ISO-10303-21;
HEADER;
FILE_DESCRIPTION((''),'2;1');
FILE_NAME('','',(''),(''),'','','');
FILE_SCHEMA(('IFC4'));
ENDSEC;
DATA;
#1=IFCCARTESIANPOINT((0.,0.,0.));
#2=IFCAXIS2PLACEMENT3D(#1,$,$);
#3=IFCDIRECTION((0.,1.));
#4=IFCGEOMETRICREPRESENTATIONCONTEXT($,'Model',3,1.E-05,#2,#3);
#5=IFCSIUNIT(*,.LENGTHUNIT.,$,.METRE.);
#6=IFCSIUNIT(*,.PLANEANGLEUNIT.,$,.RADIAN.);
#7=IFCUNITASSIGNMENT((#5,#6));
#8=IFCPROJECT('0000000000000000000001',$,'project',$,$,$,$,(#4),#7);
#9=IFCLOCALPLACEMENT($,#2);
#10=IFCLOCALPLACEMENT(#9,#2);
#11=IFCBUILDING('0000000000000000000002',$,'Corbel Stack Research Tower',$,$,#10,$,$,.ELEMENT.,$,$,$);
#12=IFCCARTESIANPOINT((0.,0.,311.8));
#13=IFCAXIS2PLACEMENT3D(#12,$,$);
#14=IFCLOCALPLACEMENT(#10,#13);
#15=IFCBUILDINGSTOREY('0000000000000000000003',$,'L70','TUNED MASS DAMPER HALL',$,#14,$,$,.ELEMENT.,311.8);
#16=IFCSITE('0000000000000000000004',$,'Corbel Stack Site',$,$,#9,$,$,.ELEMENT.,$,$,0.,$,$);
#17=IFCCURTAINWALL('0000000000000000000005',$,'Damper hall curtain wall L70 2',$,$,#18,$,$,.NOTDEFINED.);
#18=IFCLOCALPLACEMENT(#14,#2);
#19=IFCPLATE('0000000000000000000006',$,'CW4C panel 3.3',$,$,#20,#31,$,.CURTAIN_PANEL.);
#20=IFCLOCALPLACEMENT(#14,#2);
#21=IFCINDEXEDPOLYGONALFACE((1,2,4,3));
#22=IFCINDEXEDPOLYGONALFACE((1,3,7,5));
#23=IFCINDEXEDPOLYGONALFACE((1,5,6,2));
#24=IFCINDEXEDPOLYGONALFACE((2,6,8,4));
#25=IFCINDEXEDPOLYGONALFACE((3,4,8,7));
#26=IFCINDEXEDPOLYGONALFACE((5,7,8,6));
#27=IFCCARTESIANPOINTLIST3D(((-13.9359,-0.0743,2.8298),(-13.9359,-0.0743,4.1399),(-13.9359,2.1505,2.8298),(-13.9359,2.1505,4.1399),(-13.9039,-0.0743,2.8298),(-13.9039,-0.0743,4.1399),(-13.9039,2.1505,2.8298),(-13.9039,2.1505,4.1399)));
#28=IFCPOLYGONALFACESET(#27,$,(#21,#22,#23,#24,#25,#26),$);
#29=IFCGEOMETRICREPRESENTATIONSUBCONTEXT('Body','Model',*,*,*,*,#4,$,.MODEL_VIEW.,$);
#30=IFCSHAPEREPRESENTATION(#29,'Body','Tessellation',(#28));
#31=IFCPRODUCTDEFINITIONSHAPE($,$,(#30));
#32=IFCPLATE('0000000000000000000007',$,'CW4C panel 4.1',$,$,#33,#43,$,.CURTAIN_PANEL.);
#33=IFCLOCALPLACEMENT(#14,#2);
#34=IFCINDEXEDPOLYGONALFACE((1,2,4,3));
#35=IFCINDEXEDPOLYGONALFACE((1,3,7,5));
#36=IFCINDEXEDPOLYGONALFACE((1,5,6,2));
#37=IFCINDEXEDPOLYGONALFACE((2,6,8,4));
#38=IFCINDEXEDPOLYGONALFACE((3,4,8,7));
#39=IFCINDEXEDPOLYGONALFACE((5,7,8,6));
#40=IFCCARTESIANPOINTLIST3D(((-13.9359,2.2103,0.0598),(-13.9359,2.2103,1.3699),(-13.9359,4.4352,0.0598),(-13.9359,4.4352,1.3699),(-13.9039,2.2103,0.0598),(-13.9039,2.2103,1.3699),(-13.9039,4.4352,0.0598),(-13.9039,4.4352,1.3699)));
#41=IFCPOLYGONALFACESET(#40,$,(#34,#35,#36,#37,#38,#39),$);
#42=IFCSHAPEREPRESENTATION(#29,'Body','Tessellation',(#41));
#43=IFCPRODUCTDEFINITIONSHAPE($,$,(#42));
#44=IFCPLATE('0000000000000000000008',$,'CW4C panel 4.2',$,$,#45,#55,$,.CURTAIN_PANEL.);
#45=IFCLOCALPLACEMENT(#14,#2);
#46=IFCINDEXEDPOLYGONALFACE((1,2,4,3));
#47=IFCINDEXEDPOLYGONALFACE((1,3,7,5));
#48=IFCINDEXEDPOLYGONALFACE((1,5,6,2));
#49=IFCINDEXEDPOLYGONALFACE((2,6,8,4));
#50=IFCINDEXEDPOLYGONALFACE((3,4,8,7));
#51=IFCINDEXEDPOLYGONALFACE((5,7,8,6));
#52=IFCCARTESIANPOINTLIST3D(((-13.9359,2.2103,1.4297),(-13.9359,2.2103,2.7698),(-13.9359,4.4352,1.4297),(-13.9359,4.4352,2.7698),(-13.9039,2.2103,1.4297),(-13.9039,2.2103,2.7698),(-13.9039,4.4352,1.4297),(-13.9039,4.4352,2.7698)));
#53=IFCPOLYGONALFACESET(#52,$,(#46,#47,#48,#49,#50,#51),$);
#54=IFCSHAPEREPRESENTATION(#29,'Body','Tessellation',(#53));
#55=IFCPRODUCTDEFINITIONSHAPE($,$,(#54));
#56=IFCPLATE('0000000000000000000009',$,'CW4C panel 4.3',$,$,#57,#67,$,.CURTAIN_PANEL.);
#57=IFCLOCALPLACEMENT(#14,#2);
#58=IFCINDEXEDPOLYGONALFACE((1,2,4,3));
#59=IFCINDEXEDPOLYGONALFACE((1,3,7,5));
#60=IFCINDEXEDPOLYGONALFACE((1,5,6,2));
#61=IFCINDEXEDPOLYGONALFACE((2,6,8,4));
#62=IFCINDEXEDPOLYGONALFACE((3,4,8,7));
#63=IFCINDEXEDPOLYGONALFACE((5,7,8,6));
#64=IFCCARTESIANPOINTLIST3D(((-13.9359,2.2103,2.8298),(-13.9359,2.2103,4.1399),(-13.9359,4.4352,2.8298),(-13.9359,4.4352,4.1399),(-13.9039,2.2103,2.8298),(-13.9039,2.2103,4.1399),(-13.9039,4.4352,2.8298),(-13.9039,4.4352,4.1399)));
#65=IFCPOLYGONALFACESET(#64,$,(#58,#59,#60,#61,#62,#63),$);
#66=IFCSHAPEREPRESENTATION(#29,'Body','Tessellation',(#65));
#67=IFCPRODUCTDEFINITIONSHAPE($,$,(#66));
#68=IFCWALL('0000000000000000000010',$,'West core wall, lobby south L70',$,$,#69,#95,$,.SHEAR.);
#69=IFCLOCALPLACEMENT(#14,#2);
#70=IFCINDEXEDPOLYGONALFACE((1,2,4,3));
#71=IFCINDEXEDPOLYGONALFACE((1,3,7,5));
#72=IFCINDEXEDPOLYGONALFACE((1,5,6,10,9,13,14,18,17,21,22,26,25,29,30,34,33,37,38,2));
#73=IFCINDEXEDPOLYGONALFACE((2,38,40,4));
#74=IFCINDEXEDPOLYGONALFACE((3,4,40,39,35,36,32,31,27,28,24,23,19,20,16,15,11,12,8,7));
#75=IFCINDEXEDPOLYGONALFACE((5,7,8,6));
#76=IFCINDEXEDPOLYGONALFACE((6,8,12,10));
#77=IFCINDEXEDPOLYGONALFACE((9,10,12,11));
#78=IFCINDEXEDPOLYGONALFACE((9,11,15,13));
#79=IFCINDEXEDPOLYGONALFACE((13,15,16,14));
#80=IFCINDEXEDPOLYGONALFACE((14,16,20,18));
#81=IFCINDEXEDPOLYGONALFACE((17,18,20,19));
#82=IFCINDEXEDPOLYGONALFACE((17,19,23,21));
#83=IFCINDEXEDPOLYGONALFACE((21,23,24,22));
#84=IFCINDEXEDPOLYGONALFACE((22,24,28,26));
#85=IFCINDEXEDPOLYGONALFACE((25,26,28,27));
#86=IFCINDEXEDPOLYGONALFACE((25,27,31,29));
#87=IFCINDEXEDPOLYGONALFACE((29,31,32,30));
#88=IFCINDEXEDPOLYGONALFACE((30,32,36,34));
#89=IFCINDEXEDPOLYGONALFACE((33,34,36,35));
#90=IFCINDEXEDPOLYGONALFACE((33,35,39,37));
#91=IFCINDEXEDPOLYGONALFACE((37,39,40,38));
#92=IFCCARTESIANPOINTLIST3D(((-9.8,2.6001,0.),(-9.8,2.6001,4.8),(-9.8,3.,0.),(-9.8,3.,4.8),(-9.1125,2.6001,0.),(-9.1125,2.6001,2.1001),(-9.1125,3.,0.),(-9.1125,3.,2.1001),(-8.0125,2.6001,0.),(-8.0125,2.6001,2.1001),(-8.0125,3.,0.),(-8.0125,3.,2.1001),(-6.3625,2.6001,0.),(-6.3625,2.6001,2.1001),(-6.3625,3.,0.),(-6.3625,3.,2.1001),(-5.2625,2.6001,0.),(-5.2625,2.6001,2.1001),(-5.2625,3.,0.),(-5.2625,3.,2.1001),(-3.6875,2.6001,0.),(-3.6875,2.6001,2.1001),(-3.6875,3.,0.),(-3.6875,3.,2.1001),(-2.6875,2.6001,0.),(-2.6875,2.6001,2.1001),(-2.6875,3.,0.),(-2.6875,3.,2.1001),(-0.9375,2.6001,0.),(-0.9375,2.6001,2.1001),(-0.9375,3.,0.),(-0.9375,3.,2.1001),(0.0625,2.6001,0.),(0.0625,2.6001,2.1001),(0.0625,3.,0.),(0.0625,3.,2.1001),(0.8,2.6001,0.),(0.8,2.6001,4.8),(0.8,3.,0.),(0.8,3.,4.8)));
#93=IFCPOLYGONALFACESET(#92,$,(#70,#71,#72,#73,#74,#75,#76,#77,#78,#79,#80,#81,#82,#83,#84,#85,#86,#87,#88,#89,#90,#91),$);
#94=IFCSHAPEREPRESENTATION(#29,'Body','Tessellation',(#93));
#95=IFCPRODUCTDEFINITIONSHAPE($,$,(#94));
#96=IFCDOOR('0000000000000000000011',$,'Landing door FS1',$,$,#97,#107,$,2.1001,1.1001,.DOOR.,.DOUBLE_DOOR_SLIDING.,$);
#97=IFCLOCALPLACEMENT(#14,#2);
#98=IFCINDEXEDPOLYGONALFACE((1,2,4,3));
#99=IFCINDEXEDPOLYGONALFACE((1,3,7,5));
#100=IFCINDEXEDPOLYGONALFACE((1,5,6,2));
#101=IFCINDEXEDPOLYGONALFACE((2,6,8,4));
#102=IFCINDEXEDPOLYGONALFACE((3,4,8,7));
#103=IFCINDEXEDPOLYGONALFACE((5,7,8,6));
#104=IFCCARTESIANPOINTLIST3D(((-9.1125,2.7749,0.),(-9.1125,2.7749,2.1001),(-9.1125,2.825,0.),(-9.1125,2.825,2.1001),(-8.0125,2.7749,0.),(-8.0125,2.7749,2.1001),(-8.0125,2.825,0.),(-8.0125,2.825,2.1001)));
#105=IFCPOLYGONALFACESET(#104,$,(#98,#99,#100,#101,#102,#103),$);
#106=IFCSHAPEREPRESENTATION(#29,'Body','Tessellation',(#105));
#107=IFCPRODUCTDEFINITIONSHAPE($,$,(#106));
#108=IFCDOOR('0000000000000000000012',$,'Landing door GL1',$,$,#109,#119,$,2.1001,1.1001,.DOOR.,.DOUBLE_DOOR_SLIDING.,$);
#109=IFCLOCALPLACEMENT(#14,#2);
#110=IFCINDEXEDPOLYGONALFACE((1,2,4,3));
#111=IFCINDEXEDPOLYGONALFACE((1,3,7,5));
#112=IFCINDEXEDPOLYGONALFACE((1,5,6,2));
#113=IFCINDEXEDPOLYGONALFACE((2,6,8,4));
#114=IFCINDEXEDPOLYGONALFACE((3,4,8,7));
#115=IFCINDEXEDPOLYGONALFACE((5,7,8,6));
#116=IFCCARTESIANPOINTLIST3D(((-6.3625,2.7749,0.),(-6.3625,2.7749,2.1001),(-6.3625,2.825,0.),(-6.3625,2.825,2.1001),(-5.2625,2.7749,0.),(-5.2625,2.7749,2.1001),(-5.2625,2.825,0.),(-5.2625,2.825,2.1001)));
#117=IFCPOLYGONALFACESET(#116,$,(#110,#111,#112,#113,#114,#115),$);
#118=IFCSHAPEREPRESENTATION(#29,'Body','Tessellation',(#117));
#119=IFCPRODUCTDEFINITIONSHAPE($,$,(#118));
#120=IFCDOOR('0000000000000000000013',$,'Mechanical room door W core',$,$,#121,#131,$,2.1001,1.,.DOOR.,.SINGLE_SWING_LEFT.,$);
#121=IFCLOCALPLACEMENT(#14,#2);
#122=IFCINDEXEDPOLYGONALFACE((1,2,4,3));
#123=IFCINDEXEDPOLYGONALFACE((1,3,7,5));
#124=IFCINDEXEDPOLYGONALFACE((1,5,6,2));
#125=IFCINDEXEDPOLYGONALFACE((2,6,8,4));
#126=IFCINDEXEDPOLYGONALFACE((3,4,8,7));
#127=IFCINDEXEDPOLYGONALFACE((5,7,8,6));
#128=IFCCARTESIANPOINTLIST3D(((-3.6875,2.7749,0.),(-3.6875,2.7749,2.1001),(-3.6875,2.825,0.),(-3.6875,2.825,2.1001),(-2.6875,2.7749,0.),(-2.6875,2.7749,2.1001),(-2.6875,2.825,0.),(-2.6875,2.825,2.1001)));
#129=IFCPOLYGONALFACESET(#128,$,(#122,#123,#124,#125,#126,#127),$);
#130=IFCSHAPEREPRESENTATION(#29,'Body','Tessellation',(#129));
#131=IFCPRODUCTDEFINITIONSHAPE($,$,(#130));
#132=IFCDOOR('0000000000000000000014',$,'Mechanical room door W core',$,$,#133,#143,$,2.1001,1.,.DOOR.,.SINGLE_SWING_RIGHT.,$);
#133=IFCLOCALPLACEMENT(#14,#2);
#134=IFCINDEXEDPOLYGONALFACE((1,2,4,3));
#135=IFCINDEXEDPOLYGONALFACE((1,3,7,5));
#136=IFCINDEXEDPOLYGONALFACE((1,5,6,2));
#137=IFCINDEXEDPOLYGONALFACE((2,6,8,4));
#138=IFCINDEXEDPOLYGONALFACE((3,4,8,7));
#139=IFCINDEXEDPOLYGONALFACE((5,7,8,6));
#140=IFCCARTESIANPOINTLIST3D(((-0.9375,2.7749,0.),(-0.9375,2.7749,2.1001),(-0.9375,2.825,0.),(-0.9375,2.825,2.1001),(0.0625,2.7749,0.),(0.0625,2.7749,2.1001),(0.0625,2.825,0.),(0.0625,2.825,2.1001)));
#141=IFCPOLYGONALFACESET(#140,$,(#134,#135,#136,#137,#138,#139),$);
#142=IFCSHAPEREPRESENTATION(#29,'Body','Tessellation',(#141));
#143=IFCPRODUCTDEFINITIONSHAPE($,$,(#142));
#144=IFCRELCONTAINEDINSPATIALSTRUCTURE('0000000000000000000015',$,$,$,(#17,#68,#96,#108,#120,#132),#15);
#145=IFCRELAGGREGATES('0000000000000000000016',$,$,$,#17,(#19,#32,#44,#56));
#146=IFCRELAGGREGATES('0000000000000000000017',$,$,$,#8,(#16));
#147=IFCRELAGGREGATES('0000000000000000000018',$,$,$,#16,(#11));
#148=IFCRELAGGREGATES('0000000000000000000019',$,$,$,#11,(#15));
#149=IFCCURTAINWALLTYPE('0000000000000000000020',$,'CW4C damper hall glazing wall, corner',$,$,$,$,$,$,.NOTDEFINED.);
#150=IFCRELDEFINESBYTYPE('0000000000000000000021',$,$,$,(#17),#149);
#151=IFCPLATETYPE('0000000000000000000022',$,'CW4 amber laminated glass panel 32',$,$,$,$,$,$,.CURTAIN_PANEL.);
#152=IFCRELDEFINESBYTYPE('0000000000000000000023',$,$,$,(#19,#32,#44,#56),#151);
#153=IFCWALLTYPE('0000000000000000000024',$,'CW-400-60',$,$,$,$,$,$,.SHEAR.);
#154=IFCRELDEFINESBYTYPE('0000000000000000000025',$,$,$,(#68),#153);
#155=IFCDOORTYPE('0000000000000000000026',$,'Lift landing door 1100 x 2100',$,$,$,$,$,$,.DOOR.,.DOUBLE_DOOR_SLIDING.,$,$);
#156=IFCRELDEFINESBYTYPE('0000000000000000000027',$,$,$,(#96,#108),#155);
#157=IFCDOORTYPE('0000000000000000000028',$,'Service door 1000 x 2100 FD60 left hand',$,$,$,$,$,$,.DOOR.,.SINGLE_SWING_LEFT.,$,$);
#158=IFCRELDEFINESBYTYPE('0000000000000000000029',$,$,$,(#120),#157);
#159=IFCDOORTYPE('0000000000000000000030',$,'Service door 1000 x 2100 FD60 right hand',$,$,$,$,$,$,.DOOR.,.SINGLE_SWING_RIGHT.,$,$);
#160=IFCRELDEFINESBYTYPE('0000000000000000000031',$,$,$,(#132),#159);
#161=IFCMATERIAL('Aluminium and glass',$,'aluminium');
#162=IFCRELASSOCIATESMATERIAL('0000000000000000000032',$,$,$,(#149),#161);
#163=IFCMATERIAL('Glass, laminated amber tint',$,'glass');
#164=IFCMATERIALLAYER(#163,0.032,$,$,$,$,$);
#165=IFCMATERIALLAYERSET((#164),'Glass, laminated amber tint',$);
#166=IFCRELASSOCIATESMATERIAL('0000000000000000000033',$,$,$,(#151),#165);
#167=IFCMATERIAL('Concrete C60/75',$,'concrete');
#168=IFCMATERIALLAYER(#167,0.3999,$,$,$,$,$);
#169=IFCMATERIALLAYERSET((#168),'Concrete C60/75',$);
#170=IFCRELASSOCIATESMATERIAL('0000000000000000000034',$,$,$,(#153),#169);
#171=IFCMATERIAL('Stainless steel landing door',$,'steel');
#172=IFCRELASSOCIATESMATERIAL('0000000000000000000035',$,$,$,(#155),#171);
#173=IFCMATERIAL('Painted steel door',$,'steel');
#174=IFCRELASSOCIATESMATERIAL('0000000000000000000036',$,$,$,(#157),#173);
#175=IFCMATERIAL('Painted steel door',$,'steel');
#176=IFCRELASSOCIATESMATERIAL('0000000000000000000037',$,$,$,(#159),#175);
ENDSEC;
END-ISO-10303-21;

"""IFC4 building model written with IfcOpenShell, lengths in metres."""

from ifc_helpers import new_model, si_unit, direction, frame, frame_2d, origin, origin_2d, place, context, subcontext, project, spatial, rectangle, extrude, material, layer, layer_set, type_object, element, fill, aggregate, save


model = new_model("IFC4")

# Units and contexts
model_context = context("Model", 3, precision=1e-05, world=origin(), true_north=direction((0.0, 1.0)))
body_context = subcontext(model_context, "Body", "Model", "MODEL_VIEW")
ifc_project = project(units=[si_unit("LENGTHUNIT", "METRE"), si_unit("PLANEANGLEUNIT", "RADIAN")], contexts=[model_context])

# Site, building, storey
site_placement = place(None, origin())
site = spatial("IfcSite", under=ifc_project, at=site_placement, Name="Corbel Stack Site", CompositionType="ELEMENT", RefElevation=0.0)
building_placement = place(site_placement, origin())
building = spatial("IfcBuilding", under=site, at=building_placement, Name="Corbel Stack Research Tower", CompositionType="ELEMENT")
storey_placement = place(building_placement, frame((0.0, 0.0, 311.8)))
storey = spatial("IfcBuildingStorey", under=building, at=storey_placement, Name="L70", Description="TUNED MASS DAMPER HALL", CompositionType="ELEMENT", Elevation=311.8)

# Curtain wall
ifc_material_1 = material(Name="Aluminium and glass", Category="aluminium")
curtain_wall_type = type_object("IfcCurtainWallType", Name="CW4C damper hall glazing wall, corner", PredefinedType="NOTDEFINED", material=ifc_material_1)
curtain_wall_placement = place(storey_placement, origin())
curtain_wall = element("IfcCurtainWall", 1, at=curtain_wall_placement, inside=storey, type_object=curtain_wall_type, Name="Damper hall curtain wall L70 2", PredefinedType="NOTDEFINED")

# Plates
ifc_material_2 = material(Name="Glass, laminated amber tint", Category="glass")
ifc_layer_1 = layer(ifc_material_2, 0.032)
ifc_layer_set_1 = layer_set([ifc_layer_1], Name="Glass, laminated amber tint")
plate_type = type_object("IfcPlateType", Name="CW4 amber laminated glass panel 32", PredefinedType="CURTAIN_PANEL", material=ifc_layer_set_1)
plate_1_placement = place(storey_placement, frame((-13.9199, 1.0381, 2.8298), z_axis=(0.0, 0.0, 1.0), x_axis=(0.0, 1.0, 0.0)))
plate_1 = element("IfcPlate", 2, at=plate_1_placement, type_object=plate_type, Name="CW4C panel 3.3", PredefinedType="CURTAIN_PANEL", context=body_context, shape_type="SweptSolid", body=[
    extrude(rectangle(XDim=2.2249, YDim=0.032, at=origin_2d()), origin(), (0.0, 0.0, 1.0), 1.3101),
])
plate_2_placement = place(storey_placement, frame((-13.9199, 3.3228, 0.0598), z_axis=(0.0, 0.0, 1.0), x_axis=(0.0, 1.0, 0.0)))
plate_2 = element("IfcPlate", 3, at=plate_2_placement, type_object=plate_type, Name="CW4C panel 4.1", PredefinedType="CURTAIN_PANEL", context=body_context, shape_type="SweptSolid", body=[
    extrude(rectangle(XDim=2.2249, YDim=0.032, at=origin_2d()), origin(), (0.0, 0.0, 1.0), 1.3101),
])
plate_3_placement = place(storey_placement, frame((-13.9199, 3.3228, 1.4297), z_axis=(0.0, 0.0, 1.0), x_axis=(0.0, 1.0, 0.0)))
plate_3 = element("IfcPlate", 4, at=plate_3_placement, type_object=plate_type, Name="CW4C panel 4.2", PredefinedType="CURTAIN_PANEL", context=body_context, shape_type="SweptSolid", body=[
    extrude(rectangle(XDim=2.2249, YDim=0.032, at=origin_2d()), origin(), (0.0, 0.0, 1.0), 1.3401),
])
plate_4_placement = place(storey_placement, frame((-13.9199, 3.3228, 2.8298), z_axis=(0.0, 0.0, 1.0), x_axis=(0.0, 1.0, 0.0)))
plate_4 = element("IfcPlate", 5, at=plate_4_placement, type_object=plate_type, Name="CW4C panel 4.3", PredefinedType="CURTAIN_PANEL", context=body_context, shape_type="SweptSolid", body=[
    extrude(rectangle(XDim=2.2249, YDim=0.032, at=origin_2d()), origin(), (0.0, 0.0, 1.0), 1.3101),
])
aggregate(curtain_wall, [plate_1, plate_2, plate_3, plate_4])

# Wall, openings, doors
ifc_material_3 = material(Name="Concrete C60/75", Category="concrete")
ifc_layer_2 = layer(ifc_material_3, 0.3999)
ifc_layer_set_2 = layer_set([ifc_layer_2], Name="Concrete C60/75")
wall_type = type_object("IfcWallType", Name="CW-400-60", PredefinedType="SHEAR", material=ifc_layer_set_2)
wall_placement = place(storey_placement, frame((-9.8, 2.8, 0.0), z_axis=(0.0, 0.0, 1.0), x_axis=(1.0, 0.0, 0.0)))
wall = element("IfcWall", 6, at=wall_placement, inside=storey, type_object=wall_type, Name="West core wall, lobby south L70", PredefinedType="SHEAR", context=body_context, shape_type="SweptSolid", body=[
    extrude(rectangle(XDim=10.6001, YDim=0.3999, at=frame_2d((5.3, 0.0))), origin(), (0.0, 0.0, 1.0), 4.8),
])
opening_1_placement = place(wall_placement, frame((0.6875, 0.0, 0.0)))
opening_1 = element("IfcOpeningElement", 7, at=opening_1_placement, cuts=wall, PredefinedType="OPENING", context=body_context, shape_type="SweptSolid", body=[
    extrude(rectangle(XDim=1.1001, YDim=2.1001, at=frame_2d((0.55, 1.05))), frame((0.0, 0.21, 0.0), z_axis=(0.0, -1.0, 0.0), x_axis=(1.0, 0.0, 0.0)), (0.0, 0.0, 1.0), 0.4199),
])
opening_2_placement = place(wall_placement, frame((3.4375, 0.0, 0.0)))
opening_2 = element("IfcOpeningElement", 8, at=opening_2_placement, cuts=wall, PredefinedType="OPENING", context=body_context, shape_type="SweptSolid", body=[
    extrude(rectangle(XDim=1.1001, YDim=2.1001, at=frame_2d((0.55, 1.05))), frame((0.0, 0.21, 0.0), z_axis=(0.0, -1.0, 0.0), x_axis=(1.0, 0.0, 0.0)), (0.0, 0.0, 1.0), 0.4199),
])
opening_3_placement = place(wall_placement, frame((6.1125, 0.0, 0.0)))
opening_3 = element("IfcOpeningElement", 9, at=opening_3_placement, cuts=wall, PredefinedType="OPENING", context=body_context, shape_type="SweptSolid", body=[
    extrude(rectangle(XDim=1.0, YDim=2.1001, at=frame_2d((0.5, 1.05))), frame((0.0, 0.21, 0.0), z_axis=(0.0, -1.0, 0.0), x_axis=(1.0, 0.0, 0.0)), (0.0, 0.0, 1.0), 0.4199),
])
opening_4_placement = place(wall_placement, frame((8.8625, 0.0, 0.0)))
opening_4 = element("IfcOpeningElement", 10, at=opening_4_placement, cuts=wall, PredefinedType="OPENING", context=body_context, shape_type="SweptSolid", body=[
    extrude(rectangle(XDim=1.0, YDim=2.1001, at=frame_2d((0.5, 1.05))), frame((0.0, 0.21, 0.0), z_axis=(0.0, -1.0, 0.0), x_axis=(1.0, 0.0, 0.0)), (0.0, 0.0, 1.0), 0.4199),
])
ifc_material_4 = material(Name="Stainless steel landing door", Category="steel")
door_type_1 = type_object("IfcDoorType", Name="Lift landing door 1100 x 2100", OperationType="DOUBLE_DOOR_SLIDING", PredefinedType="DOOR", material=ifc_material_4)
door_1_placement = place(opening_1_placement, origin())
door_1 = element("IfcDoor", 11, at=door_1_placement, inside=storey, type_object=door_type_1, Name="Landing door FS1", OperationType="DOUBLE_DOOR_SLIDING", OverallHeight=2.1001, OverallWidth=1.1001, PredefinedType="DOOR", context=body_context, shape_type="SweptSolid", body=[
    extrude(rectangle(XDim=1.1001, YDim=2.1001, at=frame_2d((0.55, 1.05))), frame((0.0, 0.0249, 0.0), z_axis=(0.0, -1.0, 0.0), x_axis=(1.0, 0.0, 0.0)), (0.0, 0.0, 1.0), 0.05),
])
fill(opening_1, door_1)
door_2_placement = place(opening_2_placement, origin())
door_2 = element("IfcDoor", 12, at=door_2_placement, inside=storey, type_object=door_type_1, Name="Landing door GL1", OperationType="DOUBLE_DOOR_SLIDING", OverallHeight=2.1001, OverallWidth=1.1001, PredefinedType="DOOR", context=body_context, shape_type="SweptSolid", body=[
    extrude(rectangle(XDim=1.1001, YDim=2.1001, at=frame_2d((0.55, 1.05))), frame((0.0, 0.0249, 0.0), z_axis=(0.0, -1.0, 0.0), x_axis=(1.0, 0.0, 0.0)), (0.0, 0.0, 1.0), 0.05),
])
fill(opening_2, door_2)
ifc_material_5 = material(Name="Painted steel door", Category="steel")
door_type_2 = type_object("IfcDoorType", Name="Service door 1000 x 2100 FD60 left hand", OperationType="SINGLE_SWING_LEFT", PredefinedType="DOOR", material=ifc_material_5)
door_3_placement = place(opening_3_placement, origin())
door_3 = element("IfcDoor", 13, at=door_3_placement, inside=storey, type_object=door_type_2, Name="Mechanical room door W core", OperationType="SINGLE_SWING_LEFT", OverallHeight=2.1001, OverallWidth=1.0, PredefinedType="DOOR", context=body_context, shape_type="SweptSolid", body=[
    extrude(rectangle(XDim=1.0, YDim=2.1001, at=frame_2d((0.5, 1.05))), frame((0.0, 0.0249, 0.0), z_axis=(0.0, -1.0, 0.0), x_axis=(1.0, 0.0, 0.0)), (0.0, 0.0, 1.0), 0.05),
])
fill(opening_3, door_3)
ifc_material_6 = material(Name="Painted steel door", Category="steel")
door_type_3 = type_object("IfcDoorType", Name="Service door 1000 x 2100 FD60 right hand", OperationType="SINGLE_SWING_RIGHT", PredefinedType="DOOR", material=ifc_material_6)
door_4_placement = place(opening_4_placement, origin())
door_4 = element("IfcDoor", 14, at=door_4_placement, inside=storey, type_object=door_type_3, Name="Mechanical room door W core", OperationType="SINGLE_SWING_RIGHT", OverallHeight=2.1001, OverallWidth=1.0, PredefinedType="DOOR", context=body_context, shape_type="SweptSolid", body=[
    extrude(rectangle(XDim=1.0, YDim=2.1001, at=frame_2d((0.5, 1.05))), frame((0.0, 0.0249, 0.0), z_axis=(0.0, -1.0, 0.0), x_axis=(1.0, 0.0, 0.0)), (0.0, 0.0, 1.0), 0.05),
])
fill(opening_4, door_4)

save(model, "model.ifc")
